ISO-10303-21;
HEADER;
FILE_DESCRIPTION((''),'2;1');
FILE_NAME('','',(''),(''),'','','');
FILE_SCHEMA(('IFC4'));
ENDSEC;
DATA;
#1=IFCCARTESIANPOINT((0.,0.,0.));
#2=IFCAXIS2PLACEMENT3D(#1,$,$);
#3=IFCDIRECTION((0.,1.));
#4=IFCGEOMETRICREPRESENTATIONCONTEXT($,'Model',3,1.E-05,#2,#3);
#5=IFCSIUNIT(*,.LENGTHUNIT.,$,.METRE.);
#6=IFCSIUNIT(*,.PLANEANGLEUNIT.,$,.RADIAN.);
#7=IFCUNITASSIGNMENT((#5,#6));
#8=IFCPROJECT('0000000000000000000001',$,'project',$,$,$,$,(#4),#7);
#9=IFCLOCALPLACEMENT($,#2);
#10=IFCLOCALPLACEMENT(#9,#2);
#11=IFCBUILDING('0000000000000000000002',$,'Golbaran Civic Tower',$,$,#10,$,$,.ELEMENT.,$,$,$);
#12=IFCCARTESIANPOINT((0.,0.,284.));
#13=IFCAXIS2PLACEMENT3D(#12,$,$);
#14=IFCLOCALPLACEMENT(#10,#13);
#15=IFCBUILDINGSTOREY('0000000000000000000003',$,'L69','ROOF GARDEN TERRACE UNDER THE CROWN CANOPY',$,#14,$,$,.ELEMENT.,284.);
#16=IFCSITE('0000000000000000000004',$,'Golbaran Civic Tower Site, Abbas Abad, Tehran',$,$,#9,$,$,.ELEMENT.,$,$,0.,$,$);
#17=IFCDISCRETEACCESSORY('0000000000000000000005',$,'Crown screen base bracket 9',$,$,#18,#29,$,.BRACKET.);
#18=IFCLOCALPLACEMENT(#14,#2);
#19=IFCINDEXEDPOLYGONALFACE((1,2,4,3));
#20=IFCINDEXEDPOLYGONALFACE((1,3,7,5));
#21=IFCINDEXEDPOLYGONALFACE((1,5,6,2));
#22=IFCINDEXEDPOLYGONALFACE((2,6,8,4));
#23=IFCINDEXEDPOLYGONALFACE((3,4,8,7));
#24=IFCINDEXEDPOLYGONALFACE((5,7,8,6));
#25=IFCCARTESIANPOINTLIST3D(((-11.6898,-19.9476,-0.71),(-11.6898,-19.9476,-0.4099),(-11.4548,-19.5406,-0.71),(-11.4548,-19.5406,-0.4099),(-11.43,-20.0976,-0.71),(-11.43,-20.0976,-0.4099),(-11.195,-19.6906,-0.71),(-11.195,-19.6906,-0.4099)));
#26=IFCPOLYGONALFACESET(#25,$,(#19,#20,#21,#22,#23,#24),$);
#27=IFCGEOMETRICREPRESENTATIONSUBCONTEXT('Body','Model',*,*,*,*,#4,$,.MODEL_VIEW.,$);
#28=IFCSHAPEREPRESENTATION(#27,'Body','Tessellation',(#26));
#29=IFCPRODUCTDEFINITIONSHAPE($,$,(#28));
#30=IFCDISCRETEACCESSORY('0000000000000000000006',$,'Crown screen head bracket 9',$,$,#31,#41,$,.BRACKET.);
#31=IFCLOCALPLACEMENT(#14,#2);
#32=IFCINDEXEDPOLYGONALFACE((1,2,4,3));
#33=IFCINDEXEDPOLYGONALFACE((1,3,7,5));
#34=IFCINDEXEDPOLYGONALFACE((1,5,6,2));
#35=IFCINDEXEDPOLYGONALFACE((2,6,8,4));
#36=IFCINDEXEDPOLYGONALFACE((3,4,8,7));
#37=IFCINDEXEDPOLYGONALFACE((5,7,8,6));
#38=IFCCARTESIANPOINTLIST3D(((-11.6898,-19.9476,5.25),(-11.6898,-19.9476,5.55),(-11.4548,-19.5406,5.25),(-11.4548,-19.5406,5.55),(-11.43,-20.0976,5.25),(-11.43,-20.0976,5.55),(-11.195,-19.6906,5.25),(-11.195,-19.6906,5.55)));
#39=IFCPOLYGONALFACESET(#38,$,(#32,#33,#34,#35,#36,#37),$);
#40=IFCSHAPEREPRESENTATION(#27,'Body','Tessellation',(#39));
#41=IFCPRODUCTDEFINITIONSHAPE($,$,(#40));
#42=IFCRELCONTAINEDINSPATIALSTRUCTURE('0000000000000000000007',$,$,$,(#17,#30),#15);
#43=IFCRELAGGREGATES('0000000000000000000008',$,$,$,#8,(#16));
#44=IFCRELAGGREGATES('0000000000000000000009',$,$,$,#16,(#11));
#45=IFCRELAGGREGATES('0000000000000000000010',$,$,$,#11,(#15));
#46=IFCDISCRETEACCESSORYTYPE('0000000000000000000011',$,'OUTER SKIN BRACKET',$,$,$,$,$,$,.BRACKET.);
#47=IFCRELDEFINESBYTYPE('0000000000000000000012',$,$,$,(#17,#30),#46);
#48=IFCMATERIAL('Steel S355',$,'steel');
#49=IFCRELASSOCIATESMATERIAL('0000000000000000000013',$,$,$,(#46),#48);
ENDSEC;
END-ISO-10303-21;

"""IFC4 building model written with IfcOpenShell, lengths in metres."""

from ifc_helpers import new_model, si_unit, direction, frame, origin, origin_2d, place, context, subcontext, project, spatial, rectangle, extrude, material, type_object, element, save


model = new_model("IFC4")

# Units and contexts
model_context = context("Model", 3, precision=1e-05, world=origin(), true_north=direction((0.0, 1.0)))
body_context = subcontext(model_context, "Body", "Model", "MODEL_VIEW")
ifc_project = project(units=[si_unit("LENGTHUNIT", "METRE"), si_unit("PLANEANGLEUNIT", "RADIAN")], contexts=[model_context])

# Site, building, storey
site_placement = place(None, origin())
site = spatial("IfcSite", under=ifc_project, at=site_placement, Name="Golbaran Civic Tower Site, Abbas Abad, Tehran", CompositionType="ELEMENT", RefElevation=0.0)
building_placement = place(site_placement, origin())
building = spatial("IfcBuilding", under=site, at=building_placement, Name="Golbaran Civic Tower", CompositionType="ELEMENT")
storey_placement = place(building_placement, frame((0.0, 0.0, 284.0)))
storey = spatial("IfcBuildingStorey", under=building, at=storey_placement, Name="L69", Description="ROOF GARDEN TERRACE UNDER THE CROWN CANOPY", CompositionType="ELEMENT", Elevation=284.0)

# Shared definitions
ifc_material_1 = material(Name="Steel S355", Category="steel")

# Discrete accessories
discrete_accessory_type = type_object("IfcDiscreteAccessoryType", Name="OUTER SKIN BRACKET", PredefinedType="BRACKET", material=ifc_material_1)
for number, where, z_axis, x_axis, name in (
    (1, (-11.4424, -19.8191, -0.71), (0.0, 0.0, 1.0), (-0.5, -0.866025, 0.0), "Crown screen base bracket 9"),
    (2, (-11.4424, -19.8191, 5.25), (0.0, 0.0, 1.0), (-0.5, -0.866025, 0.0), "Crown screen head bracket 9"),
):
    element("IfcDiscreteAccessory", number, at=place(storey_placement, frame(where, z_axis=z_axis, x_axis=x_axis)), inside=storey, type_object=discrete_accessory_type, Name=name, PredefinedType="BRACKET", context=body_context, shape_type="SweptSolid", body=[
        extrude(rectangle(XDim=0.47, YDim=0.3, at=origin_2d()), origin(), (0.0, 0.0, 1.0), 0.3),
    ])

save(model, "model.ifc")
